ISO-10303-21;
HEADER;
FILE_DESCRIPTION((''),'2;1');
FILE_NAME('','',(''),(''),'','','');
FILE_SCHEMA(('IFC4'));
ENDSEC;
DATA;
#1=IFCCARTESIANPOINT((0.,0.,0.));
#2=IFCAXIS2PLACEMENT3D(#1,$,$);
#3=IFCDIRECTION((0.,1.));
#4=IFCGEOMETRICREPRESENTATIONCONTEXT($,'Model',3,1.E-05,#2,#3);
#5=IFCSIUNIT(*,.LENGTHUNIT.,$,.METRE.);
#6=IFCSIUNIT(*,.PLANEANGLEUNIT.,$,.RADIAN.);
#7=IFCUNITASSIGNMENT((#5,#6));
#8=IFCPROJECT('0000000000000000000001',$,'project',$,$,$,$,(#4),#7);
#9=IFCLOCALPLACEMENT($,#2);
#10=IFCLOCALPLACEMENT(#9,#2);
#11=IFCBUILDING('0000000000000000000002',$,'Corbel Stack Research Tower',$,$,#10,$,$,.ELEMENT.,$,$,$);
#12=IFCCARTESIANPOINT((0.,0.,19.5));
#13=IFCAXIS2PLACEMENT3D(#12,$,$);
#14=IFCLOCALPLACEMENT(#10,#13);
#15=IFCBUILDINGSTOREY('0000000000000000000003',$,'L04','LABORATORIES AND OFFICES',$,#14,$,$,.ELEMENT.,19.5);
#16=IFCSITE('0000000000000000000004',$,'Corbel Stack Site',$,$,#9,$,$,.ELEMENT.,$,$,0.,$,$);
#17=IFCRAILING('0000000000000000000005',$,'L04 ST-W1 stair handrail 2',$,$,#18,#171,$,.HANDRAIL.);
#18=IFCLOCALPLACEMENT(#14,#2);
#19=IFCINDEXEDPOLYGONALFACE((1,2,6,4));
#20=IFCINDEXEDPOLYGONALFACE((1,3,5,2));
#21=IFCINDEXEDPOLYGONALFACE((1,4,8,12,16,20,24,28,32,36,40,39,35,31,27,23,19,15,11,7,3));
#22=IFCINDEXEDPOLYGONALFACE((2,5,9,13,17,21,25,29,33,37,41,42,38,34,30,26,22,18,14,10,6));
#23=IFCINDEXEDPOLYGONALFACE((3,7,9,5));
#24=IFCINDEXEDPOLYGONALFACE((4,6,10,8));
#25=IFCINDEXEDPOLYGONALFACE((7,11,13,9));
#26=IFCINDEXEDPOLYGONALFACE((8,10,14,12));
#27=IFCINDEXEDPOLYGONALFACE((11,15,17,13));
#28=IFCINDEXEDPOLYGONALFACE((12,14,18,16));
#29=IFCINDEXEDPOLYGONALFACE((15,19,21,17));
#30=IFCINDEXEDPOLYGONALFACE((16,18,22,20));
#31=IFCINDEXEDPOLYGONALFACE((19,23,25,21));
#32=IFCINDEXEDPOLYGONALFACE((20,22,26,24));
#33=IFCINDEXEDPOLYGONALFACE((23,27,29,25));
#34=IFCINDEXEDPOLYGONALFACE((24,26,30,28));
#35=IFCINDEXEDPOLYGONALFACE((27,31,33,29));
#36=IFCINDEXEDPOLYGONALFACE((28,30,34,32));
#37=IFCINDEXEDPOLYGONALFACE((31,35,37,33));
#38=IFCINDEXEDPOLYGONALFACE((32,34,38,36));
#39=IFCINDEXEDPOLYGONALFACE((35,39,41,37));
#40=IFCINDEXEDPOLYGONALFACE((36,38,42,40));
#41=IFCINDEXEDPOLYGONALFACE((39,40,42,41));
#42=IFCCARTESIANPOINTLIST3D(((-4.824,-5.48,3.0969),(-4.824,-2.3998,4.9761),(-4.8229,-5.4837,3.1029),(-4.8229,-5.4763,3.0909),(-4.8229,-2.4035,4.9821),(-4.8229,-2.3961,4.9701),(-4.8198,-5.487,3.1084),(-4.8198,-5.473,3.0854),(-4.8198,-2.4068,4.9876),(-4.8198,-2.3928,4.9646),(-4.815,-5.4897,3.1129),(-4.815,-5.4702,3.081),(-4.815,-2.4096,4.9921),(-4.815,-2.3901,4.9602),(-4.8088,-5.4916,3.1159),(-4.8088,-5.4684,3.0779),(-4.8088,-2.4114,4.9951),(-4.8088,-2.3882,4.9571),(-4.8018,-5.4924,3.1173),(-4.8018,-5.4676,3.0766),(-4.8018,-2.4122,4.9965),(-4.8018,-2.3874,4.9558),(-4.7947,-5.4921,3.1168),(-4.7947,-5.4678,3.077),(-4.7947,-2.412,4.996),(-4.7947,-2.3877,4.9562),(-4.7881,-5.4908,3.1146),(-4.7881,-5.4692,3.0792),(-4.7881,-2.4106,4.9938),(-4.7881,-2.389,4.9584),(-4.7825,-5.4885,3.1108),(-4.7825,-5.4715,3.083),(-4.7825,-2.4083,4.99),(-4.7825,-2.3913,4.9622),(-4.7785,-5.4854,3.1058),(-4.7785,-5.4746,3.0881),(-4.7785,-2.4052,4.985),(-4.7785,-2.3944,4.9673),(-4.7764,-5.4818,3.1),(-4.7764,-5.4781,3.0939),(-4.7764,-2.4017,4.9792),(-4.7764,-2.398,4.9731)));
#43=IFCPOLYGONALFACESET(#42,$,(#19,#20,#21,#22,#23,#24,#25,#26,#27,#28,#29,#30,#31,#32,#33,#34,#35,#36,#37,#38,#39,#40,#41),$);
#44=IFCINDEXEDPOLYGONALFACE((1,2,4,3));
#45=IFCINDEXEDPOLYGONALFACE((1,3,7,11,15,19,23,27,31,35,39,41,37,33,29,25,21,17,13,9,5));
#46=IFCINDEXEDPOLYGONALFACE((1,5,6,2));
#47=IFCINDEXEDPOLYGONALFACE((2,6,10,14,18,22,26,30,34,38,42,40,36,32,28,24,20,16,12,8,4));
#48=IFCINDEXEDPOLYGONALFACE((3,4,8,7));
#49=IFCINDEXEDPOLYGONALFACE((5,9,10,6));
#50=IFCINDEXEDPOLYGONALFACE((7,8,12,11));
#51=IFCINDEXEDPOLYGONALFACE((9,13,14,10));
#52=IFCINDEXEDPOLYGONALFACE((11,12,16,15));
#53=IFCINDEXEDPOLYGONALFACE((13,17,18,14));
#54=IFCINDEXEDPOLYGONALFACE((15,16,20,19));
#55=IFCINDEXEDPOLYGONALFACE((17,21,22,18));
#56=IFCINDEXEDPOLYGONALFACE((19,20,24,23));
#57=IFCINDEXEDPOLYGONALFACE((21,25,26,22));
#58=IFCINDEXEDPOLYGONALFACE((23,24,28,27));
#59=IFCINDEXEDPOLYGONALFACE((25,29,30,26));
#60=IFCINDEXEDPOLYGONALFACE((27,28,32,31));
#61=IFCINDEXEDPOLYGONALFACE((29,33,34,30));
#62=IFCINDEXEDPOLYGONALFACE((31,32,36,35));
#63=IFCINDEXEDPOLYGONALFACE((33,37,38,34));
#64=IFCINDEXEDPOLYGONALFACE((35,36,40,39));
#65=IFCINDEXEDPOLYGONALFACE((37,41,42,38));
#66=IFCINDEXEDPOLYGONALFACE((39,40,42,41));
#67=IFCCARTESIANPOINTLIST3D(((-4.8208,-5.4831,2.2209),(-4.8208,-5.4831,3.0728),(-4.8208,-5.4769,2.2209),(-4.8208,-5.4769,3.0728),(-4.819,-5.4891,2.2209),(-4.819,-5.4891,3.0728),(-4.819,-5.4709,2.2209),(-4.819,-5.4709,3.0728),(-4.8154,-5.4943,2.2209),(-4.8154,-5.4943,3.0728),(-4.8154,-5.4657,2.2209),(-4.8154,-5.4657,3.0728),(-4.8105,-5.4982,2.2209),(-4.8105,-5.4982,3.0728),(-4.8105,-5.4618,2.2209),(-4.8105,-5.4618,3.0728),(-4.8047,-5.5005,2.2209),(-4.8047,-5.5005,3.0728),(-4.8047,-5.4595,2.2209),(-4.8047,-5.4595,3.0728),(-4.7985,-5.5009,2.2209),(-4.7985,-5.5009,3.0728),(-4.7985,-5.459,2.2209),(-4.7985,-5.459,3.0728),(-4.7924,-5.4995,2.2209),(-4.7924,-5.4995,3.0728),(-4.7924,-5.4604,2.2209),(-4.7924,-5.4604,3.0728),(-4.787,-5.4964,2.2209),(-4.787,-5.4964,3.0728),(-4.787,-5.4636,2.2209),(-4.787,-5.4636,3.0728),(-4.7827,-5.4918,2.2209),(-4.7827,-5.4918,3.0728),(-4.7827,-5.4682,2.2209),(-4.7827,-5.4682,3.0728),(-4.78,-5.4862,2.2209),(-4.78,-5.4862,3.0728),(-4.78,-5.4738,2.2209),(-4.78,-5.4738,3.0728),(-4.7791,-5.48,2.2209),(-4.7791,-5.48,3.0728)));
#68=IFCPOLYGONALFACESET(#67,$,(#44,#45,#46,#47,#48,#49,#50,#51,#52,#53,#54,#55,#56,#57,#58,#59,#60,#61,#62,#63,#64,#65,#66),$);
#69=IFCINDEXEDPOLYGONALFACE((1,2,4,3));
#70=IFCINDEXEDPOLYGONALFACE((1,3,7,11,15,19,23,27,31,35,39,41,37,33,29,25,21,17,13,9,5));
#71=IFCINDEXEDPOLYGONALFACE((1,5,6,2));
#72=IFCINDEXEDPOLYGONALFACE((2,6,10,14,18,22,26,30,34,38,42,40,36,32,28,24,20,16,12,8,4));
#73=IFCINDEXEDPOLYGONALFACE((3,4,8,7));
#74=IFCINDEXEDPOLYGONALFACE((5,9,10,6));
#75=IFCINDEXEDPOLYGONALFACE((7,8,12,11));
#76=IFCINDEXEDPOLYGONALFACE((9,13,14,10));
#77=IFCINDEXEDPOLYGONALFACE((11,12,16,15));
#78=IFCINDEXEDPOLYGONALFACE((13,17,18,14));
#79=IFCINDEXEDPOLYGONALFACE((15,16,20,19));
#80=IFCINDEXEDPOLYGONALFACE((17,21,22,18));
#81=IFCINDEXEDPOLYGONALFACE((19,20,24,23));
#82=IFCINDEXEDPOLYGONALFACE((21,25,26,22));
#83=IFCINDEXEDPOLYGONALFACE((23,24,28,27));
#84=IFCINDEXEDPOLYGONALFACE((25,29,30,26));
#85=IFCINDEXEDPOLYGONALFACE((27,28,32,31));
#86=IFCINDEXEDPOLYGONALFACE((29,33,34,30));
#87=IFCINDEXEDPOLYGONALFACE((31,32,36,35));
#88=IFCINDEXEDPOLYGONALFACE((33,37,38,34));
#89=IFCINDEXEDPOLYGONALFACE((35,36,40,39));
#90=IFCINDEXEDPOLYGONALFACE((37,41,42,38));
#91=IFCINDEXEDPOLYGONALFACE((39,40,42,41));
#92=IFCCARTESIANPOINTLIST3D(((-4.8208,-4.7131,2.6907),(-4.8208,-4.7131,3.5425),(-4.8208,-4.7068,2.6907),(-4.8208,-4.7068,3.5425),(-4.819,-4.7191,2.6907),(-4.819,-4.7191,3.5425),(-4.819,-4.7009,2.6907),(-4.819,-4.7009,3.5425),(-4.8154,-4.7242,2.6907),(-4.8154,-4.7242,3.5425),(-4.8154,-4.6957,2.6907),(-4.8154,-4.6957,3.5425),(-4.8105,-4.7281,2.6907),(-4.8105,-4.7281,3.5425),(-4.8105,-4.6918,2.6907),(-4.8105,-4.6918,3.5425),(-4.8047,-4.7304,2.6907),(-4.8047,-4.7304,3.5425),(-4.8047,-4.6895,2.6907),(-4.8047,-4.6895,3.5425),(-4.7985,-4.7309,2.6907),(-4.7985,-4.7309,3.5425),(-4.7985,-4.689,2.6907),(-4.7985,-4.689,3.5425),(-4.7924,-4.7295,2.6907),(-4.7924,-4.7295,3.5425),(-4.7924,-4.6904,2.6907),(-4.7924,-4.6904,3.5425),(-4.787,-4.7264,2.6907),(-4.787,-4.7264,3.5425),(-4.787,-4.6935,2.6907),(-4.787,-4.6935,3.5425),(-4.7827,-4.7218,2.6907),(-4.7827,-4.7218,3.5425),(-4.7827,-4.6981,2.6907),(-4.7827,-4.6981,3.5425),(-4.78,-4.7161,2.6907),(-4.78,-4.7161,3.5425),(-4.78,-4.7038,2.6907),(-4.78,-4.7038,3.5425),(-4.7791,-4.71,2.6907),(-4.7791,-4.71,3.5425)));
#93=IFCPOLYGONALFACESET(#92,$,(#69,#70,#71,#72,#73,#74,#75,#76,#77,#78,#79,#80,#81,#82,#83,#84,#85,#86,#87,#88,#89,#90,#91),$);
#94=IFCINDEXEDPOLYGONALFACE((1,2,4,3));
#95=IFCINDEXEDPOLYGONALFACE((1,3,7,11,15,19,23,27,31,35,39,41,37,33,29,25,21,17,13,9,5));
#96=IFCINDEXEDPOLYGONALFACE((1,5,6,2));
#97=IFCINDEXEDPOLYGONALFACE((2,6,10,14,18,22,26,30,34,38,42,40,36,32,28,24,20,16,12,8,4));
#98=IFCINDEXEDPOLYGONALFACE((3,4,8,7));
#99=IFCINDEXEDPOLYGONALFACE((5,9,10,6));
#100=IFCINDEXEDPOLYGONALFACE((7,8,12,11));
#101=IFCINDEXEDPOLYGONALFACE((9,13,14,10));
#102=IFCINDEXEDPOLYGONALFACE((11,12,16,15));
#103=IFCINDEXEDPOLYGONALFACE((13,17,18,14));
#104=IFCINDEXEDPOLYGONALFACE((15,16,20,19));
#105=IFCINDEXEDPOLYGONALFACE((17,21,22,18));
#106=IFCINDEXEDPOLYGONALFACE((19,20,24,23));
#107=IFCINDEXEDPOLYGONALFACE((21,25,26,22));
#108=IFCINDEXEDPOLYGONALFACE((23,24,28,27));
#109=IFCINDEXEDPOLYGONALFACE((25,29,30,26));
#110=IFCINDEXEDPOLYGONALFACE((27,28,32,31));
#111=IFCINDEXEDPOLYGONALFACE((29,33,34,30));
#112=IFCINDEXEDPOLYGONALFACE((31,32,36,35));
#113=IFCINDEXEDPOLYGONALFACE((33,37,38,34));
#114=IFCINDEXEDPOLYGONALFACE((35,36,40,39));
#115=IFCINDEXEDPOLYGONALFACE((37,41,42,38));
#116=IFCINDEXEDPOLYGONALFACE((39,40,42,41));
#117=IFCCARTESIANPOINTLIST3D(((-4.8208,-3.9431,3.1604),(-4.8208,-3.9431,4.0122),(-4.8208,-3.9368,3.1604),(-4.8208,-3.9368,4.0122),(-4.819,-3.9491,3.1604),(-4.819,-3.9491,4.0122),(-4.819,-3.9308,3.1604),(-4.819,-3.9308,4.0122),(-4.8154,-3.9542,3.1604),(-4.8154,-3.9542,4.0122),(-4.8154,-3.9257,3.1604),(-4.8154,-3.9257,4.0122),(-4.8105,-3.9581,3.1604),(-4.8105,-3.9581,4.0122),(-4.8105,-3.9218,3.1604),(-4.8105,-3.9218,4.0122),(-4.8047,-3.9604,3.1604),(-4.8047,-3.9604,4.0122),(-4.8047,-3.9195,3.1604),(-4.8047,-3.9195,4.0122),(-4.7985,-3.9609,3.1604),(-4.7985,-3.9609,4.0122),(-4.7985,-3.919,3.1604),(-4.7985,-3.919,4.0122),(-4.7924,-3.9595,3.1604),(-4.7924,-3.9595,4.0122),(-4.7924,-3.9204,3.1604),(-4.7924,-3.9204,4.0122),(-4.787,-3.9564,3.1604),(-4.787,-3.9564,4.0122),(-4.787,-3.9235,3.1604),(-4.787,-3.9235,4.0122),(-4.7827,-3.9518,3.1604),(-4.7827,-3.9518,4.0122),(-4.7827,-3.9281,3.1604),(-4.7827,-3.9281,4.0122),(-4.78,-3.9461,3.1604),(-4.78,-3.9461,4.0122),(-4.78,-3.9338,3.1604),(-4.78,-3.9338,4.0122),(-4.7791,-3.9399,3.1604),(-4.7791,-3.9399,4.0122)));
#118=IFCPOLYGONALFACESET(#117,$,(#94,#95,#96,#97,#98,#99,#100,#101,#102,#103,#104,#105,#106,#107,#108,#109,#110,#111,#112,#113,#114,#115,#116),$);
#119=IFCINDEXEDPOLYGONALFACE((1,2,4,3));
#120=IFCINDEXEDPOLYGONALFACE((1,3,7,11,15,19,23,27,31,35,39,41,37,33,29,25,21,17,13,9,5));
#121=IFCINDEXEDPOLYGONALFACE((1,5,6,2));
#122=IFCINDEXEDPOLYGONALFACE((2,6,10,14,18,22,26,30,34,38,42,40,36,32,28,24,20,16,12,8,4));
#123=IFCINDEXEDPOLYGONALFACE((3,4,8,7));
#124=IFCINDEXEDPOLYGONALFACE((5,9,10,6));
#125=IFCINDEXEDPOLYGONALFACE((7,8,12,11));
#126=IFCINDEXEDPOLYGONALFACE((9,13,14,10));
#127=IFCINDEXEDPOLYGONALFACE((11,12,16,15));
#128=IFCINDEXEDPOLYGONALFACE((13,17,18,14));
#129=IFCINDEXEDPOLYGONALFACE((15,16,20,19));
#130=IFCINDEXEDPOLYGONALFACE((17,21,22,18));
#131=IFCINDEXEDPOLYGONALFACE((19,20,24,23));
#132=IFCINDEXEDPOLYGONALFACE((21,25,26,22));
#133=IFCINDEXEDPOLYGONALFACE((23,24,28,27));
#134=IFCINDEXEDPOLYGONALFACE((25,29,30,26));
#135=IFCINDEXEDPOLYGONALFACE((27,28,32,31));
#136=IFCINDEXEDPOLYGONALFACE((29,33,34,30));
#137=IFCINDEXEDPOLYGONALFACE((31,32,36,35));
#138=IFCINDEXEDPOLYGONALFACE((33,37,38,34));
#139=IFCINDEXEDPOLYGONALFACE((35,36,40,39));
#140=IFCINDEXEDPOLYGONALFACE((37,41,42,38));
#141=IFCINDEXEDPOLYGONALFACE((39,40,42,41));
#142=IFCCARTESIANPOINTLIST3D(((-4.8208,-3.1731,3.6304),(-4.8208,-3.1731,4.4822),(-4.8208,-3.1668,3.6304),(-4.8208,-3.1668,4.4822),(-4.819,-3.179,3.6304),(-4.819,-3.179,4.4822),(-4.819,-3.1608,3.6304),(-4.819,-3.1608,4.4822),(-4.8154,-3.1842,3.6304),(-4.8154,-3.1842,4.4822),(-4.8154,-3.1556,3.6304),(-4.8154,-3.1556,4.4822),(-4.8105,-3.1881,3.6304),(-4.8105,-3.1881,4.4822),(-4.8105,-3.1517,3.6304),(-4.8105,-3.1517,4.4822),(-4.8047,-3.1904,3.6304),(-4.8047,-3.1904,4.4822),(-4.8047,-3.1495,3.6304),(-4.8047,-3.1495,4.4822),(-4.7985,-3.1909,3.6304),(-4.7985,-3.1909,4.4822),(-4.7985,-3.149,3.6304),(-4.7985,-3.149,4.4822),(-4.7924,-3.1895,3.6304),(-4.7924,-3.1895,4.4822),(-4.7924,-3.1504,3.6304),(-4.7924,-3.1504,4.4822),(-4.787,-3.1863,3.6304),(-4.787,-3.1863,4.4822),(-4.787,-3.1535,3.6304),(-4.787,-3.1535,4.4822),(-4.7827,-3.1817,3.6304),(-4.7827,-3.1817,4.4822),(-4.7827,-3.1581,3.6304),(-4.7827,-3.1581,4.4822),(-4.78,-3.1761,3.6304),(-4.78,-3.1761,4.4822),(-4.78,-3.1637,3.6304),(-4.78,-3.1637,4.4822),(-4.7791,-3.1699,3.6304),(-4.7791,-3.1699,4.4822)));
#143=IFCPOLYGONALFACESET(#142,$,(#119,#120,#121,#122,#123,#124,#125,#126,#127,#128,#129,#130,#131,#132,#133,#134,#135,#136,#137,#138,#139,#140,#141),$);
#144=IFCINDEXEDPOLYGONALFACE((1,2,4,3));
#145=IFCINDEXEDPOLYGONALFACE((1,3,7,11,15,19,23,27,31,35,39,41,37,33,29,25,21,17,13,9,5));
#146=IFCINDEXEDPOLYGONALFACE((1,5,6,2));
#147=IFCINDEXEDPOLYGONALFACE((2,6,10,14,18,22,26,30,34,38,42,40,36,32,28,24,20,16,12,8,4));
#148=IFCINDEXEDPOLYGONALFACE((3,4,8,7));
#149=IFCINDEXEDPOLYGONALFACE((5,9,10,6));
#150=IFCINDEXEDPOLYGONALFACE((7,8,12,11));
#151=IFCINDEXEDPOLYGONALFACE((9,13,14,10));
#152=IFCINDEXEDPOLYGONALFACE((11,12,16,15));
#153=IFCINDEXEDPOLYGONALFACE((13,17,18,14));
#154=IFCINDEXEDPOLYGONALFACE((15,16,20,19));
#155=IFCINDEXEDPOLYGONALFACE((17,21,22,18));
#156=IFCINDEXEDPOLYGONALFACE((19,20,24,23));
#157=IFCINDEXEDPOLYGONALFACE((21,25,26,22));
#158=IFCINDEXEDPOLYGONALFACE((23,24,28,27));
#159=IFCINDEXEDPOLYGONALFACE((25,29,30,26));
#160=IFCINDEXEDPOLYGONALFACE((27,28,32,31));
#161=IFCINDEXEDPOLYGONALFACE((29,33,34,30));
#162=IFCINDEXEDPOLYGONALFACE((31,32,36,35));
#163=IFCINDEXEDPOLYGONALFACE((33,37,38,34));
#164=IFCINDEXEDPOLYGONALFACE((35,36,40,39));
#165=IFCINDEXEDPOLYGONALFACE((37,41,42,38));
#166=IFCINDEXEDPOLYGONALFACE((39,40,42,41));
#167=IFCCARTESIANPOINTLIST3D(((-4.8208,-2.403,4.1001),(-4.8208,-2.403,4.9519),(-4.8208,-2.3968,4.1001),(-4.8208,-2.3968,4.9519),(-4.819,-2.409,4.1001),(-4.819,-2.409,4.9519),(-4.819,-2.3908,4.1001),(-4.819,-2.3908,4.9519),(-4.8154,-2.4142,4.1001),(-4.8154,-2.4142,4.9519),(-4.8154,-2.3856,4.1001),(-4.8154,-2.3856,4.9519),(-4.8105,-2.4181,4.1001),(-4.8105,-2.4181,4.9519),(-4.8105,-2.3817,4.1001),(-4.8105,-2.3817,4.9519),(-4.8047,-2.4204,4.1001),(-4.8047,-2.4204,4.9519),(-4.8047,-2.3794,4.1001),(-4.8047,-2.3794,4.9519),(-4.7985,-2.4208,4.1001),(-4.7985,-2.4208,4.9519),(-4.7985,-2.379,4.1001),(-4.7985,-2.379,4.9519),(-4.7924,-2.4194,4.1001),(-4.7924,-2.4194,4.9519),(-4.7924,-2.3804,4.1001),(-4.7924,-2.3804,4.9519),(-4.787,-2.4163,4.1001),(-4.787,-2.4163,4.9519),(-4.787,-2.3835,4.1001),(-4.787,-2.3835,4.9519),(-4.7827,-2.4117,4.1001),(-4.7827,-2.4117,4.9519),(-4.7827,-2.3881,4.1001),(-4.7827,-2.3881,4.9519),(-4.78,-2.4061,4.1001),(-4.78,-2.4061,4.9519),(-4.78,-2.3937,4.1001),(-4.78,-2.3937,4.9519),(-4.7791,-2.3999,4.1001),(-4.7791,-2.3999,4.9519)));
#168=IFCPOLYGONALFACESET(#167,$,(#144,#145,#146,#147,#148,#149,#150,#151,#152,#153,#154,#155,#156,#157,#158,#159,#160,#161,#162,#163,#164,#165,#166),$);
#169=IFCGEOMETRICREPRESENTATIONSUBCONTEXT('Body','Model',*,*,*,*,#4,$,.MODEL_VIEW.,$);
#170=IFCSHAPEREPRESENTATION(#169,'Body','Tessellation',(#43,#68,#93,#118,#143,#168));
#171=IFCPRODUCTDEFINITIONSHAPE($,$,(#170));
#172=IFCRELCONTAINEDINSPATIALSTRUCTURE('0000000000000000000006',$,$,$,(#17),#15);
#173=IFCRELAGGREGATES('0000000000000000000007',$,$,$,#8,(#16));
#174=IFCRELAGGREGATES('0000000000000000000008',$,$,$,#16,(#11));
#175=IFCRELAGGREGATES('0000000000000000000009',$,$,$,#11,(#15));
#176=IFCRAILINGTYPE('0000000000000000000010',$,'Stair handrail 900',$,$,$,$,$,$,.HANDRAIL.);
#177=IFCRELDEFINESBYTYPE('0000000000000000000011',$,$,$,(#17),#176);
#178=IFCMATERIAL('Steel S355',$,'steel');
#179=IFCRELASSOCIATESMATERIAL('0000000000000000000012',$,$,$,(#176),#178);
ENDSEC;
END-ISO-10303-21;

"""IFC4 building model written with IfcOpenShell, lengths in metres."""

from ifc_helpers import new_model, si_unit, direction, frame, origin, origin_2d, place, context, subcontext, project, spatial, circle, extrude, material, type_object, element, save


model = new_model("IFC4")

# Units and contexts
model_context = context("Model", 3, precision=1e-05, world=origin(), true_north=direction((0.0, 1.0)))
body_context = subcontext(model_context, "Body", "Model", "MODEL_VIEW")
ifc_project = project(units=[si_unit("LENGTHUNIT", "METRE"), si_unit("PLANEANGLEUNIT", "RADIAN")], contexts=[model_context])

# Site, building, storey
site_placement = place(None, origin())
site = spatial("IfcSite", under=ifc_project, at=site_placement, Name="Corbel Stack Site", CompositionType="ELEMENT", RefElevation=0.0)
building_placement = place(site_placement, origin())
building = spatial("IfcBuilding", under=site, at=building_placement, Name="Corbel Stack Research Tower", CompositionType="ELEMENT")
storey_placement = place(building_placement, frame((0.0, 0.0, 19.5)))
storey = spatial("IfcBuildingStorey", under=building, at=storey_placement, Name="L04", Description="LABORATORIES AND OFFICES", CompositionType="ELEMENT", Elevation=19.5)

# Railing
ifc_material_1 = material(Name="Steel S355", Category="steel")
railing_type_1 = type_object("IfcRailingType", Name="Stair handrail 900", PredefinedType="HANDRAIL", material=ifc_material_1)
railing_1_placement = place(storey_placement, frame((-4.8, -5.48, 2.2209)))
element("IfcRailing", 1, at=railing_1_placement, inside=storey, type_object=railing_type_1, Name="L04 ST-W1 stair handrail 2", PredefinedType="HANDRAIL", context=body_context, shape_type="SweptSolid", body=[
    extrude(circle(Radius=0.0239, at=origin_2d()), frame((0.0, 0.0, 0.876), z_axis=(0.0, 0.853666, 0.52082), x_axis=(-1.0, 0.0, 0.0)), (0.0, 0.0, 1.0), 3.6082),
    extrude(circle(Radius=0.021, at=origin_2d()), origin(), (0.0, 0.0, 1.0), 0.8518),
    extrude(circle(Radius=0.021, at=origin_2d()), frame((0.0, 0.77, 0.4697)), (0.0, 0.0, 1.0), 0.8518),
    extrude(circle(Radius=0.021, at=origin_2d()), frame((0.0, 1.54, 0.9395)), (0.0, 0.0, 1.0), 0.8518),
    extrude(circle(Radius=0.021, at=origin_2d()), frame((0.0, 2.3101, 1.4094)), (0.0, 0.0, 1.0), 0.8518),
    extrude(circle(Radius=0.021, at=origin_2d()), frame((0.0, 3.0801, 1.8792)), (0.0, 0.0, 1.0), 0.8518),
])

save(model, "model.ifc")
